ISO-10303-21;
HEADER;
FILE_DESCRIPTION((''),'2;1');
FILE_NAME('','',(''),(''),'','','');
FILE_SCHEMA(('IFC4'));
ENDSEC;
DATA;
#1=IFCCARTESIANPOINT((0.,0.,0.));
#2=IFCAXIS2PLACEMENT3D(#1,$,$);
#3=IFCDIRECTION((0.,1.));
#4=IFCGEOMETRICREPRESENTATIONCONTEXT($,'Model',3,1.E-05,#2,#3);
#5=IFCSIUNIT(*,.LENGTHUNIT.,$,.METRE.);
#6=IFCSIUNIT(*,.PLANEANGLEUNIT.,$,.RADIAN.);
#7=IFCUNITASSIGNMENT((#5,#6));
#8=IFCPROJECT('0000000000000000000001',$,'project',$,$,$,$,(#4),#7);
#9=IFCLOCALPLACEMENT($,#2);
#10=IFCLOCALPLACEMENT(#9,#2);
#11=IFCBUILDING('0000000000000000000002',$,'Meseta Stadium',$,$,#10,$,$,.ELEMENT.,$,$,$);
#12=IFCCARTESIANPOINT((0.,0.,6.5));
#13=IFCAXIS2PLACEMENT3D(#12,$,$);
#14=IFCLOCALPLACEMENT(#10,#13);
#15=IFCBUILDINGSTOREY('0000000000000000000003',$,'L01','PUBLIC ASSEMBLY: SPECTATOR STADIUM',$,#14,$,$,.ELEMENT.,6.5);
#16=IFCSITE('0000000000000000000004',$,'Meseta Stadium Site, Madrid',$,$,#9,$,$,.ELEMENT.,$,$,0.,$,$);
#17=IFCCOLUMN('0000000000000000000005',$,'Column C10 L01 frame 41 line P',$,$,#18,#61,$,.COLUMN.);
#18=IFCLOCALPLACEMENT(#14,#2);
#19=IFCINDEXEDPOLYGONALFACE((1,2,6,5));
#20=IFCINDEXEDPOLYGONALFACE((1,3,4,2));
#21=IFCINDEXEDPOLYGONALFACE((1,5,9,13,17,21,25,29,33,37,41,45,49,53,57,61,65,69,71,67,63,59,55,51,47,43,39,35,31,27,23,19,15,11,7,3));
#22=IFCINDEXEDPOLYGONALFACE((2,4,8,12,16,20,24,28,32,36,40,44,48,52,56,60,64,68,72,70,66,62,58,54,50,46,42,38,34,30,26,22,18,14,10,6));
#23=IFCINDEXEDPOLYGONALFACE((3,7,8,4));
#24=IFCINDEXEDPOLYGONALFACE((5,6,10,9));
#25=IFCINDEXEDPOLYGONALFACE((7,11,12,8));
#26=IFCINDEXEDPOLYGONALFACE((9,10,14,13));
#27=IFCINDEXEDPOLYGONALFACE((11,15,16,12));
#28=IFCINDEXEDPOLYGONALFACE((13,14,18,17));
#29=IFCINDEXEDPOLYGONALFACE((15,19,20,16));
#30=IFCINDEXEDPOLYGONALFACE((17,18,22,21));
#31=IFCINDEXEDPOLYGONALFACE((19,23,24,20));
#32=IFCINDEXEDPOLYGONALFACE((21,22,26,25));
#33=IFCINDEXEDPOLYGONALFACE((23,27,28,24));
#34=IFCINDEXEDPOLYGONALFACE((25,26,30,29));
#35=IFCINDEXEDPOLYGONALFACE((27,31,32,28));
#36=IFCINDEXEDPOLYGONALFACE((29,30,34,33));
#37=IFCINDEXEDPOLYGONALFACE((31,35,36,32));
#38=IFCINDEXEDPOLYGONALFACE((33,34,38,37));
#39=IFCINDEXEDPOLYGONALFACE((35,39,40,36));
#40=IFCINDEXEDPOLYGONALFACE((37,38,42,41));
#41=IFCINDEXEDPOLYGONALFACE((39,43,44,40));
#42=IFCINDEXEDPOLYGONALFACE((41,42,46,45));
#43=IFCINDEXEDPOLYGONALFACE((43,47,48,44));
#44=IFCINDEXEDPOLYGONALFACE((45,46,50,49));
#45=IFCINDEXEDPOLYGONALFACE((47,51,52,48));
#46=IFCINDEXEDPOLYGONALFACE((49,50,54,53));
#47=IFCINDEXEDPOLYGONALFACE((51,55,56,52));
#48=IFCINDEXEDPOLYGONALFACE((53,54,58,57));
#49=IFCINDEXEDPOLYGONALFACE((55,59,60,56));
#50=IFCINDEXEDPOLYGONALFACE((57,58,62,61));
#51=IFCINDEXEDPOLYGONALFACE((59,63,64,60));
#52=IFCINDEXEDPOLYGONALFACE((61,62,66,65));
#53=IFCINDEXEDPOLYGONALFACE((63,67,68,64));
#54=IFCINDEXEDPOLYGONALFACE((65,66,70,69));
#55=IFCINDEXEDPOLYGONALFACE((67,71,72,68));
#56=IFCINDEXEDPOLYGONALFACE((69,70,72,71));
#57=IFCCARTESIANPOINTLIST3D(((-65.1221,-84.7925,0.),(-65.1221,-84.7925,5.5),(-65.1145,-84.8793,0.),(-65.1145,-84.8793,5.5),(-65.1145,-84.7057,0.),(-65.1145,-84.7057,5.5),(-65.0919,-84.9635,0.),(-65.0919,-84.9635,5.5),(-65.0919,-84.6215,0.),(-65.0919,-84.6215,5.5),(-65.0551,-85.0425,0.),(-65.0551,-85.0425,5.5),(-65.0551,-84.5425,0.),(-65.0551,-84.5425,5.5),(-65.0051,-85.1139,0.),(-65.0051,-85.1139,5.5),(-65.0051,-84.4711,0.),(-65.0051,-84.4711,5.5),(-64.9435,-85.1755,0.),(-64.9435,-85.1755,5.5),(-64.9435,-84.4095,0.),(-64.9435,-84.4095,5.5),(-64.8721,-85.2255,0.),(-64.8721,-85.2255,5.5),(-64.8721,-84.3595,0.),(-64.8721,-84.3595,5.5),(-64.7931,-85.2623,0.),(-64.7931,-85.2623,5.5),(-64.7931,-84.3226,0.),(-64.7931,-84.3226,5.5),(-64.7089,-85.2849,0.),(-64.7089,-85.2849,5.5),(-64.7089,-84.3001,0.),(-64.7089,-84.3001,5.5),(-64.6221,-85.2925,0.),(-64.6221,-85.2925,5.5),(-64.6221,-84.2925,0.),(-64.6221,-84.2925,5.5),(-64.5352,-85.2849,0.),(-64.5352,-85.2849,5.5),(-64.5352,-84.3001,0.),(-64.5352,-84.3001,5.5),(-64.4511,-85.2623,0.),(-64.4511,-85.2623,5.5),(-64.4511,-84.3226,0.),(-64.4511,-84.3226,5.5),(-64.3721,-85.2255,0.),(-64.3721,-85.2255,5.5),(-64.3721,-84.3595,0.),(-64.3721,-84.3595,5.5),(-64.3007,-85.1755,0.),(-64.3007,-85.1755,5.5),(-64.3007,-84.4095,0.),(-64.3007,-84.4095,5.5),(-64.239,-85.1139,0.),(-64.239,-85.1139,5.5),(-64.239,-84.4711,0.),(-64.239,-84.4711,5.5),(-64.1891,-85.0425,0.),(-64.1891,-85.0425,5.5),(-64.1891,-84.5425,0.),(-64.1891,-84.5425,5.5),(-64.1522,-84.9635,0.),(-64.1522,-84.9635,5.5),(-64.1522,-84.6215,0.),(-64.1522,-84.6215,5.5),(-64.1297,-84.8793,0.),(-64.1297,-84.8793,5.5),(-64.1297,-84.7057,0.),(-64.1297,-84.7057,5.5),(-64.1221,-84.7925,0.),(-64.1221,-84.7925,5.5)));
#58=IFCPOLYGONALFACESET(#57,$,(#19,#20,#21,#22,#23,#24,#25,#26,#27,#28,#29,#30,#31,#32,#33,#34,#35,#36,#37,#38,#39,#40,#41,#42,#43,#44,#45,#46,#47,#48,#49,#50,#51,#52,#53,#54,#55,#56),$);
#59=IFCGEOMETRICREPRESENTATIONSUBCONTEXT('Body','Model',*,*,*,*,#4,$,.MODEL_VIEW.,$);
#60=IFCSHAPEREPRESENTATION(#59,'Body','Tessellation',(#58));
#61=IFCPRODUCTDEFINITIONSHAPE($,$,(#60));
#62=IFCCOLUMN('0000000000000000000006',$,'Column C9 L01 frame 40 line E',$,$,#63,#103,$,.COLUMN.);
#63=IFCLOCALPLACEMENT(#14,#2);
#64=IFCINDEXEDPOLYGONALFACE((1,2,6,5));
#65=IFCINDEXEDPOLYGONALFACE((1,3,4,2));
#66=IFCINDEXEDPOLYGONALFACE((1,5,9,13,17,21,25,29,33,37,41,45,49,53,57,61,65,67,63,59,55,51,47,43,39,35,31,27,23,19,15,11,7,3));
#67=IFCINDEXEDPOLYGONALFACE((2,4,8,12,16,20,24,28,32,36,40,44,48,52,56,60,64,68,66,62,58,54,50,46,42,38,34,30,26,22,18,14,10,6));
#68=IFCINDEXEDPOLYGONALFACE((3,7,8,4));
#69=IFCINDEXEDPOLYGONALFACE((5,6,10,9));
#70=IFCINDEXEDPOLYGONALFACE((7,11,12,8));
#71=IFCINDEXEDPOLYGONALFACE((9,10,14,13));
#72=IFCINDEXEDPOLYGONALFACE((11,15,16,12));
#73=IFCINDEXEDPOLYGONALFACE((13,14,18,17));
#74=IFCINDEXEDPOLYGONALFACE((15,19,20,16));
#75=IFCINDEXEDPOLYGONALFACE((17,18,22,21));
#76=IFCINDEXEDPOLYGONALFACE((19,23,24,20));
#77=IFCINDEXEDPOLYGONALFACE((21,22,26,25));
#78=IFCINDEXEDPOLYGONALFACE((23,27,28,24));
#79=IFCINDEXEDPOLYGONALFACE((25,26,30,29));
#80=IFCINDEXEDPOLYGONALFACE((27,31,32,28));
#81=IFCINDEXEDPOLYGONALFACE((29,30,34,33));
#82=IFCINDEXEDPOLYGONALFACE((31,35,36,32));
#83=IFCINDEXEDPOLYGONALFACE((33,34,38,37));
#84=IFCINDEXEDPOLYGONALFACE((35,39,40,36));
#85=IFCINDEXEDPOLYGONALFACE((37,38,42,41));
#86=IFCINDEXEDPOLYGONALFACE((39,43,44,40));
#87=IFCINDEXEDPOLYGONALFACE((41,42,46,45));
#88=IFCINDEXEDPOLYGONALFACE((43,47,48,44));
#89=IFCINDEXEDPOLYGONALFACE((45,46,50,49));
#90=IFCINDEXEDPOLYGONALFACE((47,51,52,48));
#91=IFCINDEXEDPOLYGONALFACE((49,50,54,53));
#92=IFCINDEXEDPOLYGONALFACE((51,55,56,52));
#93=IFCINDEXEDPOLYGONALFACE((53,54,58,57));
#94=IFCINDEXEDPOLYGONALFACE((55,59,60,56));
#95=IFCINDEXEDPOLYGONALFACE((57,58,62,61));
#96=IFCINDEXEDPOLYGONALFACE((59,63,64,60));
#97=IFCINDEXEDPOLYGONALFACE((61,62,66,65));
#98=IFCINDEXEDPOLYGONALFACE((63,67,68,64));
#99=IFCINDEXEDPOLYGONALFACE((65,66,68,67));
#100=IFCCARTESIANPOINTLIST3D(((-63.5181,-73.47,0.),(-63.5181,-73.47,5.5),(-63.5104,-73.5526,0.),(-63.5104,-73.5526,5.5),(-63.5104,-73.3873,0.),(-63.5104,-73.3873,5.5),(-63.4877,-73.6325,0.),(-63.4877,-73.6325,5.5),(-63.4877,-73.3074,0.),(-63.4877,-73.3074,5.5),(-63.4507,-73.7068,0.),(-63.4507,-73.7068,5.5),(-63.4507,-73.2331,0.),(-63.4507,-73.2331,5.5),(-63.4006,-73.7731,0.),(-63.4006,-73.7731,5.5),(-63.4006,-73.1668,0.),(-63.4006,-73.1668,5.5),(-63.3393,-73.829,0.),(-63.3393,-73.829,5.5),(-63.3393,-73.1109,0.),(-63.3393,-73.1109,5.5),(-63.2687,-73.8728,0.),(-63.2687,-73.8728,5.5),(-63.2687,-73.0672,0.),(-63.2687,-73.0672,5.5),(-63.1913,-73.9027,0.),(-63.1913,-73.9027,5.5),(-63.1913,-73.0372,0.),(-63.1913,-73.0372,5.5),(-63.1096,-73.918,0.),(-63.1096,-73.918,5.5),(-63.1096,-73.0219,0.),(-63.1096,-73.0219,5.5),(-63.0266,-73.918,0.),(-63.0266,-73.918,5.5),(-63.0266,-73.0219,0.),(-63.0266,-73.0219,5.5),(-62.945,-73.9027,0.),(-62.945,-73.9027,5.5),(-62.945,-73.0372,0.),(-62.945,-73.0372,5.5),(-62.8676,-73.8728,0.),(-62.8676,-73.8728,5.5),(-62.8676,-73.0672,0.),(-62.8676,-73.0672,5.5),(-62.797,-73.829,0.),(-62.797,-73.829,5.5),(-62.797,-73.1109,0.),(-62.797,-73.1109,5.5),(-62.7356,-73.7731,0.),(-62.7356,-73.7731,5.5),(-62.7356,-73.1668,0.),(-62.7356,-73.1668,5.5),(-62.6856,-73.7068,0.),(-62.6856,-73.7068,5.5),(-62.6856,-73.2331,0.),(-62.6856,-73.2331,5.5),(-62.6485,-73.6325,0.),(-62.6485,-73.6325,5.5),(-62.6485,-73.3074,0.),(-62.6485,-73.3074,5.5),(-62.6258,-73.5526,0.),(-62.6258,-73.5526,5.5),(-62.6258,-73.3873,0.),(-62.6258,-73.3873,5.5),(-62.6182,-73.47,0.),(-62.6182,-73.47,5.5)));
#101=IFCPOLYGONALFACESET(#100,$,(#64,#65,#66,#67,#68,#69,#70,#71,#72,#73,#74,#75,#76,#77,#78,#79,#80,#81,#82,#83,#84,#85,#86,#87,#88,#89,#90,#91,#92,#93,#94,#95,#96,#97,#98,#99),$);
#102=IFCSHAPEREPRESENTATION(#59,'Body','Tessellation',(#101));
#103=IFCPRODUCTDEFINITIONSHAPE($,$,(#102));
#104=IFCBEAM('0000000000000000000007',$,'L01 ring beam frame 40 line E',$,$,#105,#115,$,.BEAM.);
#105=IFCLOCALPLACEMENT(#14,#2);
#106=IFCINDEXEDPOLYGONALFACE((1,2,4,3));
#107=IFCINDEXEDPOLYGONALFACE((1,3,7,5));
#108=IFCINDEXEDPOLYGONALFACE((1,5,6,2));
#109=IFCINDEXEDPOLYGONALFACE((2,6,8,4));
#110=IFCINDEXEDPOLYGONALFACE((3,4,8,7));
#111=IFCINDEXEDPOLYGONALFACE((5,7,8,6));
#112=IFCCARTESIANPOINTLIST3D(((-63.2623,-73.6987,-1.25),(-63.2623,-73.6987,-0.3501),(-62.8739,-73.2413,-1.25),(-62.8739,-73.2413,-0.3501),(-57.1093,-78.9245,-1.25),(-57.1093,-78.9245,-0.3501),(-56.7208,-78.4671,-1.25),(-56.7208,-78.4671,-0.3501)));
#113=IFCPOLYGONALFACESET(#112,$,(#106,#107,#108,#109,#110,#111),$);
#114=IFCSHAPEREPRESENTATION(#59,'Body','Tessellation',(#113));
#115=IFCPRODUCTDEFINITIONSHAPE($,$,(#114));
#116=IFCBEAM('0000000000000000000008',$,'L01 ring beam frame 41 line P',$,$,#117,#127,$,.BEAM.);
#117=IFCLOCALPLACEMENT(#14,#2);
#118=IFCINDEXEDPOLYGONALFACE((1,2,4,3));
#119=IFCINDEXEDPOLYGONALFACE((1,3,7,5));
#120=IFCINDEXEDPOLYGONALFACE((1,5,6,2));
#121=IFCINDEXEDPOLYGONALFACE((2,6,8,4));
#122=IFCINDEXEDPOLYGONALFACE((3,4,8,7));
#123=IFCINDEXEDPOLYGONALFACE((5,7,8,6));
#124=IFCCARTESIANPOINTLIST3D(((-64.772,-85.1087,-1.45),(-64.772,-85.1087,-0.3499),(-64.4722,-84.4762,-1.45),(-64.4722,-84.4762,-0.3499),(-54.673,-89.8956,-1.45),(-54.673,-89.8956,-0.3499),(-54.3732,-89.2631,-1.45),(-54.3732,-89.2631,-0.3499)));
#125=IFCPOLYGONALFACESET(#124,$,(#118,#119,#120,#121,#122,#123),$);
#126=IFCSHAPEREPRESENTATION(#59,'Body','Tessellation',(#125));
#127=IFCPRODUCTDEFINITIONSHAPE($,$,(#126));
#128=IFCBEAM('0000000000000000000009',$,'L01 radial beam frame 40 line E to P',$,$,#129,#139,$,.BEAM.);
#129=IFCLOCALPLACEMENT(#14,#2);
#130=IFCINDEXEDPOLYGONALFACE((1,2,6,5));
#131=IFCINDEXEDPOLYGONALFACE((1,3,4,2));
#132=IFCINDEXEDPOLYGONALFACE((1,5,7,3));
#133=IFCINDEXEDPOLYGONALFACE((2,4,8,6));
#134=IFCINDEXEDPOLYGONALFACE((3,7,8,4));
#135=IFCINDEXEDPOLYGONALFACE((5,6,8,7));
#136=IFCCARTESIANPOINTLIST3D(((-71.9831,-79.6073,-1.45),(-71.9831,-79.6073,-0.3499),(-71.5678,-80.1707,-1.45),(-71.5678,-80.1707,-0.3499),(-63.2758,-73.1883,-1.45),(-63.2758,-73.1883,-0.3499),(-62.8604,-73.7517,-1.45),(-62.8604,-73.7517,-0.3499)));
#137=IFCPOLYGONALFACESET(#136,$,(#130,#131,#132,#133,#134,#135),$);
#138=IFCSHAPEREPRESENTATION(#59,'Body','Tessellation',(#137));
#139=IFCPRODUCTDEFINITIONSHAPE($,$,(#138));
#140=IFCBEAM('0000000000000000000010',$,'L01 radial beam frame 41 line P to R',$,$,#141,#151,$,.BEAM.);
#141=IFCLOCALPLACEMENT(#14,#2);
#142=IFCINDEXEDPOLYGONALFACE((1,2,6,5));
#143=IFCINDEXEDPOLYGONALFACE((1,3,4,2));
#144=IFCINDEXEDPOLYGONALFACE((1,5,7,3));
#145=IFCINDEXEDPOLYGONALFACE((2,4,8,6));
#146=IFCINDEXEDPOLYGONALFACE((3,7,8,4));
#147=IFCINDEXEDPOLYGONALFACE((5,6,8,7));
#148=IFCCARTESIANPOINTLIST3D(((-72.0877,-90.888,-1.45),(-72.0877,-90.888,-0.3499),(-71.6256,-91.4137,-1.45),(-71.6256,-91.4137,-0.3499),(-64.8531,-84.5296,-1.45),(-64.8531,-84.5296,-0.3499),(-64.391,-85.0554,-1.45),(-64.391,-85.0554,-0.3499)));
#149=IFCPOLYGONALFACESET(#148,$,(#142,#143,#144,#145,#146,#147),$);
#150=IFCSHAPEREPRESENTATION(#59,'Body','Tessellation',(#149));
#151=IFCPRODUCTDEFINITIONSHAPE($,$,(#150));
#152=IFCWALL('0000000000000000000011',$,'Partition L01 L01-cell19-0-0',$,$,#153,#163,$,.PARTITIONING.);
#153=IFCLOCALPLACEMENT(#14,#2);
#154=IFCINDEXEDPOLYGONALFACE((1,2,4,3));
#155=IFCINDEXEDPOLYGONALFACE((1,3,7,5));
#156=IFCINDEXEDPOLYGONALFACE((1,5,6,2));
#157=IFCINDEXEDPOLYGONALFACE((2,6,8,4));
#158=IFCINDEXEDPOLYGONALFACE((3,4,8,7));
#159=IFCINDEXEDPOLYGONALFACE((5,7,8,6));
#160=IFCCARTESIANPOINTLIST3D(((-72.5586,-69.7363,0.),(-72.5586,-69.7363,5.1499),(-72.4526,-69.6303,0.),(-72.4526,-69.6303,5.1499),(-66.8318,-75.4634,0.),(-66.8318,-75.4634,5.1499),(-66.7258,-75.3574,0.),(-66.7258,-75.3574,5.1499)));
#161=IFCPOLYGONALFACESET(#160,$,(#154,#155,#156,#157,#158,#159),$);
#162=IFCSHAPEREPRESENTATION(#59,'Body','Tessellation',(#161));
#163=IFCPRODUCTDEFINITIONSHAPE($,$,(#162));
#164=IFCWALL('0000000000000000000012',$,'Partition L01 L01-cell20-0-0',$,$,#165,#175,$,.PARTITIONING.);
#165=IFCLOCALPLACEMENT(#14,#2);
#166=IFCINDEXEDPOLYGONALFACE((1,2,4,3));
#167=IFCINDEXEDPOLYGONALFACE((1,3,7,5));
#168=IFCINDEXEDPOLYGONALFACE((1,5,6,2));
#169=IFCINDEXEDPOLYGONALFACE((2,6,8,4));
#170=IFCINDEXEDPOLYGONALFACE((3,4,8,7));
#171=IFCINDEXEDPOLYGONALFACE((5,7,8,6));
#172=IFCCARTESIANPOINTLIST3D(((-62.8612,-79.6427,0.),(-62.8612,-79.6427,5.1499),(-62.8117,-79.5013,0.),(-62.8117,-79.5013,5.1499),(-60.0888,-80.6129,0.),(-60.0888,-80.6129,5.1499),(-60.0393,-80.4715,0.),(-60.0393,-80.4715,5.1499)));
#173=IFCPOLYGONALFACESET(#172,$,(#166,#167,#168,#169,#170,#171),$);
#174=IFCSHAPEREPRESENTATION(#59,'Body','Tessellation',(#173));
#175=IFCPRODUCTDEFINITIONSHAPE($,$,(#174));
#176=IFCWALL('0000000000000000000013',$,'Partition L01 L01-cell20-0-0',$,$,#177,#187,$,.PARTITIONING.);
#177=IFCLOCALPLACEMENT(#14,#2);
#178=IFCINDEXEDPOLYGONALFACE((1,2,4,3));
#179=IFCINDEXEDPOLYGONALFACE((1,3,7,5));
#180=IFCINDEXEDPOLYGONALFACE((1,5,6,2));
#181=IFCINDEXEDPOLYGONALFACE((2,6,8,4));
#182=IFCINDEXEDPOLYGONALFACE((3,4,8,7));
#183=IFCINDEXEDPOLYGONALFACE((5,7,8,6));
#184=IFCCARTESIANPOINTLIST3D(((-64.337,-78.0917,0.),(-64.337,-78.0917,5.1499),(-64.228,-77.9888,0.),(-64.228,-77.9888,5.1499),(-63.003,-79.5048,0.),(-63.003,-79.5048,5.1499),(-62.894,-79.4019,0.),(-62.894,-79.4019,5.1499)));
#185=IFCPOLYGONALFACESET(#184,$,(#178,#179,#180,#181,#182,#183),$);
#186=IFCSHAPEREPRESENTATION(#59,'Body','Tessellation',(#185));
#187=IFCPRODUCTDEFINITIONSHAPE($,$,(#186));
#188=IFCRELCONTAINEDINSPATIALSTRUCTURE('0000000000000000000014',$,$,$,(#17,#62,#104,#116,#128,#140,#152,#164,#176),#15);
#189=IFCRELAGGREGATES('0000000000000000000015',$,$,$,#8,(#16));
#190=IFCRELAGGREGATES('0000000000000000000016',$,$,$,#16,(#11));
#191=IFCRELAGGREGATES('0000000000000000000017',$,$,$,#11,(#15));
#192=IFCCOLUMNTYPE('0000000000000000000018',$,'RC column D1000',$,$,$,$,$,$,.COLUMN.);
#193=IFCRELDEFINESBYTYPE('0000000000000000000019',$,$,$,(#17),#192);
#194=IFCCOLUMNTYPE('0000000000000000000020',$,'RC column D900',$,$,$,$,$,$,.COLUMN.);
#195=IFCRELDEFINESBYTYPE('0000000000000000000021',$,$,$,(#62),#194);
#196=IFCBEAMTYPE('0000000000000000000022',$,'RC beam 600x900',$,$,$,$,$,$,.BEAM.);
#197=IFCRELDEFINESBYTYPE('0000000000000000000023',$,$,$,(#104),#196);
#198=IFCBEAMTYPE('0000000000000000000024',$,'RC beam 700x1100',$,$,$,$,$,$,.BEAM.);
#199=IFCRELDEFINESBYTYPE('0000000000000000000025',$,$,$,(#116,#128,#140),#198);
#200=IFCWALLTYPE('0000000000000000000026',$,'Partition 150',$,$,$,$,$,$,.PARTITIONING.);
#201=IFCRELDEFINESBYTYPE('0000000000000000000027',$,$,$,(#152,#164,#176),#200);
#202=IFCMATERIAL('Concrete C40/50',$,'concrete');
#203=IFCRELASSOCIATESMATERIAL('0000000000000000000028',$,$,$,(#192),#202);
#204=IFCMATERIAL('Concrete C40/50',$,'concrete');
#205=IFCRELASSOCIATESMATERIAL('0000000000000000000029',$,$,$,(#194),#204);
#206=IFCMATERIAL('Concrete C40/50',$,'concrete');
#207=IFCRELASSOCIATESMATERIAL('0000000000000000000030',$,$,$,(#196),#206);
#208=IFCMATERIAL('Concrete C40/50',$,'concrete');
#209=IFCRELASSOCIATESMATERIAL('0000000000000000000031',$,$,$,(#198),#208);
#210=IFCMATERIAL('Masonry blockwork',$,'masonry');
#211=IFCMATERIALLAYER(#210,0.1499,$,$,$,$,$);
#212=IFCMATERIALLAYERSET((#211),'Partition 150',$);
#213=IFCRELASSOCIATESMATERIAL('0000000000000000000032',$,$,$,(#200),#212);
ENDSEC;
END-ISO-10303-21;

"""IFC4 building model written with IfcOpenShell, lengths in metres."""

from ifc_helpers import new_model, si_unit, direction, frame, frame_2d, origin, origin_2d, place, context, subcontext, project, spatial, rectangle, circle, extrude, material, layer, layer_set, material_profile, profile_set, type_object, element, save


model = new_model("IFC4")

# Units and contexts
model_context = context("Model", 3, precision=1e-05, world=origin(), true_north=direction((0.0, 1.0)))
body_context = subcontext(model_context, "Body", "Model", "MODEL_VIEW")
ifc_project = project(units=[si_unit("LENGTHUNIT", "METRE"), si_unit("PLANEANGLEUNIT", "RADIAN")], contexts=[model_context])

# Site, building, storey
site_placement = place(None, origin())
site = spatial("IfcSite", under=ifc_project, at=site_placement, Name="Meseta Stadium Site, Madrid", CompositionType="ELEMENT", RefElevation=0.0)
building_placement = place(site_placement, origin())
building = spatial("IfcBuilding", under=site, at=building_placement, Name="Meseta Stadium", CompositionType="ELEMENT")
storey_placement = place(building_placement, frame((0.0, 0.0, 6.5)))
storey = spatial("IfcBuildingStorey", under=building, at=storey_placement, Name="L01", Description="PUBLIC ASSEMBLY: SPECTATOR STADIUM", CompositionType="ELEMENT", Elevation=6.5)

# Columns
ifc_material_1 = material(Name="Concrete C40/50", Category="concrete")
ifc_material_profile_1 = material_profile(ifc_material_1, circle(Radius=0.5, at=origin_2d()), Name="RC D1000")
ifc_profile_set_1 = profile_set([ifc_material_profile_1], Name="Concrete C40/50")
column_type_1 = type_object("IfcColumnType", Name="RC column D1000", PredefinedType="COLUMN", material=ifc_profile_set_1)
column_1_placement = place(storey_placement, frame((-64.6221, -84.7925, 0.0), z_axis=(0.0, 0.0, 1.0), x_axis=(1.0, 0.0, 0.0)))
element("IfcColumn", 1, at=column_1_placement, inside=storey, type_object=column_type_1, Name="Column C10 L01 frame 41 line P", PredefinedType="COLUMN", context=body_context, shape_type="SweptSolid", body=[
    extrude(circle(Radius=0.5, at=origin_2d()), origin(), (0.0, 0.0, 1.0), 5.5),
])
ifc_material_2 = material(Name="Concrete C40/50", Category="concrete")
ifc_material_profile_2 = material_profile(ifc_material_2, circle(Radius=0.45, at=origin_2d()), Name="RC D900")
ifc_profile_set_2 = profile_set([ifc_material_profile_2], Name="Concrete C40/50")
column_type_2 = type_object("IfcColumnType", Name="RC column D900", PredefinedType="COLUMN", material=ifc_profile_set_2)
column_2_placement = place(storey_placement, frame((-63.0681, -73.47, 0.0), z_axis=(0.0, 0.0, 1.0), x_axis=(1.0, 0.0, 0.0)))
element("IfcColumn", 2, at=column_2_placement, inside=storey, type_object=column_type_2, Name="Column C9 L01 frame 40 line E", PredefinedType="COLUMN", context=body_context, shape_type="SweptSolid", body=[
    extrude(circle(Radius=0.45, at=origin_2d()), origin(), (0.0, 0.0, 1.0), 5.5),
])

# Beams
ifc_material_3 = material(Name="Concrete C40/50", Category="concrete")
ifc_material_profile_3 = material_profile(ifc_material_3, rectangle(XDim=0.6001, YDim=0.8999, at=origin_2d()), Name="RC 600x900")
ifc_profile_set_3 = profile_set([ifc_material_profile_3], Name="Concrete C40/50")
beam_type_1 = type_object("IfcBeamType", Name="RC beam 600x900", PredefinedType="BEAM", material=ifc_profile_set_3)
beam_1_placement = place(storey_placement, frame((-63.0681, -73.47, -0.8), z_axis=(0.762201, -0.64734, 0.0), x_axis=(0.64734, 0.762201, 0.0)))
element("IfcBeam", 3, at=beam_1_placement, inside=storey, type_object=beam_type_1, Name="L01 ring beam frame 40 line E", PredefinedType="BEAM", context=body_context, shape_type="SweptSolid", body=[
    extrude(rectangle(XDim=0.6001, YDim=0.8999, at=origin_2d()), origin(), (0.0, 0.0, 1.0), 8.0728),
])
ifc_material_4 = material(Name="Concrete C40/50", Category="concrete")
ifc_material_profile_4 = material_profile(ifc_material_4, rectangle(XDim=0.7, YDim=1.1001, at=origin_2d()), Name="RC 700x1100")
ifc_profile_set_4 = profile_set([ifc_material_profile_4], Name="Concrete C40/50")
beam_type_2 = type_object("IfcBeamType", Name="RC beam 700x1100", PredefinedType="BEAM", material=ifc_profile_set_4)
beam_2_placement = place(storey_placement, frame((-64.6221, -84.7925, -0.8999), z_axis=(0.903627, -0.428319, 0.0), x_axis=(0.428319, 0.903627, 0.0)))
element("IfcBeam", 4, at=beam_2_placement, inside=storey, type_object=beam_type_2, Name="L01 ring beam frame 41 line P", PredefinedType="BEAM", context=body_context, shape_type="SweptSolid", body=[
    extrude(rectangle(XDim=0.7, YDim=1.1001, at=origin_2d()), origin(), (0.0, 0.0, 1.0), 11.176),
])
beam_3_placement = place(storey_placement, frame((-63.0681, -73.47, -0.8999), z_axis=(-0.804921, -0.593382, 0.0), x_axis=(0.593382, -0.804921, 0.0)))
element("IfcBeam", 5, at=beam_3_placement, inside=storey, type_object=beam_type_2, Name="L01 radial beam frame 40 line E to P", PredefinedType="BEAM", context=body_context, shape_type="SweptSolid", body=[
    extrude(rectangle(XDim=0.7, YDim=1.1001, at=origin_2d()), origin(), (0.0, 0.0, 1.0), 10.8176),
])
beam_4_placement = place(storey_placement, frame((-64.6221, -84.7925, -0.8999), z_axis=(-0.751129, -0.660156, 0.0), x_axis=(0.660156, -0.751129, 0.0)))
element("IfcBeam", 6, at=beam_4_placement, inside=storey, type_object=beam_type_2, Name="L01 radial beam frame 41 line P to R", PredefinedType="BEAM", context=body_context, shape_type="SweptSolid", body=[
    extrude(rectangle(XDim=0.7, YDim=1.1001, at=origin_2d()), origin(), (0.0, 0.0, 1.0), 9.6316),
])

# Walls
ifc_material_5 = material(Name="Masonry blockwork", Category="masonry")
ifc_layer = layer(ifc_material_5, 0.1499)
ifc_layer_set = layer_set([ifc_layer], Name="Partition 150")
wall_type = type_object("IfcWallType", Name="Partition 150", PredefinedType="PARTITIONING", material=ifc_layer_set)
wall_1_placement = place(storey_placement, frame((-66.7788, -75.4104, 0.0), z_axis=(0.0, 0.0, 1.0), x_axis=(-0.707092, 0.707122, 0.0)))
element("IfcWall", 7, at=wall_1_placement, inside=storey, type_object=wall_type, Name="Partition L01 L01-cell19-0-0", PredefinedType="PARTITIONING", context=body_context, shape_type="SweptSolid", body=[
    extrude(rectangle(XDim=8.0991, YDim=0.1499, at=frame_2d((4.0496, 0.0))), origin(), (0.0, 0.0, 1.0), 5.1499),
])
wall_2_placement = place(storey_placement, frame((-60.064, -80.5422, 0.0), z_axis=(0.0, 0.0, 1.0), x_axis=(-0.943874, 0.330306, 0.0)))
element("IfcWall", 8, at=wall_2_placement, inside=storey, type_object=wall_type, Name="Partition L01 L01-cell20-0-0", PredefinedType="PARTITIONING", context=body_context, shape_type="SweptSolid", body=[
    extrude(rectangle(XDim=2.9373, YDim=0.1499, at=frame_2d((1.4688, 0.0))), origin(), (0.0, 0.0, 1.0), 5.1499),
])
wall_3_placement = place(storey_placement, frame((-62.9485, -79.4534, 0.0), z_axis=(0.0, 0.0, 1.0), x_axis=(-0.686461, 0.727166, 0.0)))
element("IfcWall", 9, at=wall_3_placement, inside=storey, type_object=wall_type, Name="Partition L01 L01-cell20-0-0", PredefinedType="PARTITIONING", context=body_context, shape_type="SweptSolid", body=[
    extrude(rectangle(XDim=1.9434, YDim=0.1499, at=frame_2d((0.9717, 0.0))), origin(), (0.0, 0.0, 1.0), 5.1499),
])

save(model, "model.ifc")
